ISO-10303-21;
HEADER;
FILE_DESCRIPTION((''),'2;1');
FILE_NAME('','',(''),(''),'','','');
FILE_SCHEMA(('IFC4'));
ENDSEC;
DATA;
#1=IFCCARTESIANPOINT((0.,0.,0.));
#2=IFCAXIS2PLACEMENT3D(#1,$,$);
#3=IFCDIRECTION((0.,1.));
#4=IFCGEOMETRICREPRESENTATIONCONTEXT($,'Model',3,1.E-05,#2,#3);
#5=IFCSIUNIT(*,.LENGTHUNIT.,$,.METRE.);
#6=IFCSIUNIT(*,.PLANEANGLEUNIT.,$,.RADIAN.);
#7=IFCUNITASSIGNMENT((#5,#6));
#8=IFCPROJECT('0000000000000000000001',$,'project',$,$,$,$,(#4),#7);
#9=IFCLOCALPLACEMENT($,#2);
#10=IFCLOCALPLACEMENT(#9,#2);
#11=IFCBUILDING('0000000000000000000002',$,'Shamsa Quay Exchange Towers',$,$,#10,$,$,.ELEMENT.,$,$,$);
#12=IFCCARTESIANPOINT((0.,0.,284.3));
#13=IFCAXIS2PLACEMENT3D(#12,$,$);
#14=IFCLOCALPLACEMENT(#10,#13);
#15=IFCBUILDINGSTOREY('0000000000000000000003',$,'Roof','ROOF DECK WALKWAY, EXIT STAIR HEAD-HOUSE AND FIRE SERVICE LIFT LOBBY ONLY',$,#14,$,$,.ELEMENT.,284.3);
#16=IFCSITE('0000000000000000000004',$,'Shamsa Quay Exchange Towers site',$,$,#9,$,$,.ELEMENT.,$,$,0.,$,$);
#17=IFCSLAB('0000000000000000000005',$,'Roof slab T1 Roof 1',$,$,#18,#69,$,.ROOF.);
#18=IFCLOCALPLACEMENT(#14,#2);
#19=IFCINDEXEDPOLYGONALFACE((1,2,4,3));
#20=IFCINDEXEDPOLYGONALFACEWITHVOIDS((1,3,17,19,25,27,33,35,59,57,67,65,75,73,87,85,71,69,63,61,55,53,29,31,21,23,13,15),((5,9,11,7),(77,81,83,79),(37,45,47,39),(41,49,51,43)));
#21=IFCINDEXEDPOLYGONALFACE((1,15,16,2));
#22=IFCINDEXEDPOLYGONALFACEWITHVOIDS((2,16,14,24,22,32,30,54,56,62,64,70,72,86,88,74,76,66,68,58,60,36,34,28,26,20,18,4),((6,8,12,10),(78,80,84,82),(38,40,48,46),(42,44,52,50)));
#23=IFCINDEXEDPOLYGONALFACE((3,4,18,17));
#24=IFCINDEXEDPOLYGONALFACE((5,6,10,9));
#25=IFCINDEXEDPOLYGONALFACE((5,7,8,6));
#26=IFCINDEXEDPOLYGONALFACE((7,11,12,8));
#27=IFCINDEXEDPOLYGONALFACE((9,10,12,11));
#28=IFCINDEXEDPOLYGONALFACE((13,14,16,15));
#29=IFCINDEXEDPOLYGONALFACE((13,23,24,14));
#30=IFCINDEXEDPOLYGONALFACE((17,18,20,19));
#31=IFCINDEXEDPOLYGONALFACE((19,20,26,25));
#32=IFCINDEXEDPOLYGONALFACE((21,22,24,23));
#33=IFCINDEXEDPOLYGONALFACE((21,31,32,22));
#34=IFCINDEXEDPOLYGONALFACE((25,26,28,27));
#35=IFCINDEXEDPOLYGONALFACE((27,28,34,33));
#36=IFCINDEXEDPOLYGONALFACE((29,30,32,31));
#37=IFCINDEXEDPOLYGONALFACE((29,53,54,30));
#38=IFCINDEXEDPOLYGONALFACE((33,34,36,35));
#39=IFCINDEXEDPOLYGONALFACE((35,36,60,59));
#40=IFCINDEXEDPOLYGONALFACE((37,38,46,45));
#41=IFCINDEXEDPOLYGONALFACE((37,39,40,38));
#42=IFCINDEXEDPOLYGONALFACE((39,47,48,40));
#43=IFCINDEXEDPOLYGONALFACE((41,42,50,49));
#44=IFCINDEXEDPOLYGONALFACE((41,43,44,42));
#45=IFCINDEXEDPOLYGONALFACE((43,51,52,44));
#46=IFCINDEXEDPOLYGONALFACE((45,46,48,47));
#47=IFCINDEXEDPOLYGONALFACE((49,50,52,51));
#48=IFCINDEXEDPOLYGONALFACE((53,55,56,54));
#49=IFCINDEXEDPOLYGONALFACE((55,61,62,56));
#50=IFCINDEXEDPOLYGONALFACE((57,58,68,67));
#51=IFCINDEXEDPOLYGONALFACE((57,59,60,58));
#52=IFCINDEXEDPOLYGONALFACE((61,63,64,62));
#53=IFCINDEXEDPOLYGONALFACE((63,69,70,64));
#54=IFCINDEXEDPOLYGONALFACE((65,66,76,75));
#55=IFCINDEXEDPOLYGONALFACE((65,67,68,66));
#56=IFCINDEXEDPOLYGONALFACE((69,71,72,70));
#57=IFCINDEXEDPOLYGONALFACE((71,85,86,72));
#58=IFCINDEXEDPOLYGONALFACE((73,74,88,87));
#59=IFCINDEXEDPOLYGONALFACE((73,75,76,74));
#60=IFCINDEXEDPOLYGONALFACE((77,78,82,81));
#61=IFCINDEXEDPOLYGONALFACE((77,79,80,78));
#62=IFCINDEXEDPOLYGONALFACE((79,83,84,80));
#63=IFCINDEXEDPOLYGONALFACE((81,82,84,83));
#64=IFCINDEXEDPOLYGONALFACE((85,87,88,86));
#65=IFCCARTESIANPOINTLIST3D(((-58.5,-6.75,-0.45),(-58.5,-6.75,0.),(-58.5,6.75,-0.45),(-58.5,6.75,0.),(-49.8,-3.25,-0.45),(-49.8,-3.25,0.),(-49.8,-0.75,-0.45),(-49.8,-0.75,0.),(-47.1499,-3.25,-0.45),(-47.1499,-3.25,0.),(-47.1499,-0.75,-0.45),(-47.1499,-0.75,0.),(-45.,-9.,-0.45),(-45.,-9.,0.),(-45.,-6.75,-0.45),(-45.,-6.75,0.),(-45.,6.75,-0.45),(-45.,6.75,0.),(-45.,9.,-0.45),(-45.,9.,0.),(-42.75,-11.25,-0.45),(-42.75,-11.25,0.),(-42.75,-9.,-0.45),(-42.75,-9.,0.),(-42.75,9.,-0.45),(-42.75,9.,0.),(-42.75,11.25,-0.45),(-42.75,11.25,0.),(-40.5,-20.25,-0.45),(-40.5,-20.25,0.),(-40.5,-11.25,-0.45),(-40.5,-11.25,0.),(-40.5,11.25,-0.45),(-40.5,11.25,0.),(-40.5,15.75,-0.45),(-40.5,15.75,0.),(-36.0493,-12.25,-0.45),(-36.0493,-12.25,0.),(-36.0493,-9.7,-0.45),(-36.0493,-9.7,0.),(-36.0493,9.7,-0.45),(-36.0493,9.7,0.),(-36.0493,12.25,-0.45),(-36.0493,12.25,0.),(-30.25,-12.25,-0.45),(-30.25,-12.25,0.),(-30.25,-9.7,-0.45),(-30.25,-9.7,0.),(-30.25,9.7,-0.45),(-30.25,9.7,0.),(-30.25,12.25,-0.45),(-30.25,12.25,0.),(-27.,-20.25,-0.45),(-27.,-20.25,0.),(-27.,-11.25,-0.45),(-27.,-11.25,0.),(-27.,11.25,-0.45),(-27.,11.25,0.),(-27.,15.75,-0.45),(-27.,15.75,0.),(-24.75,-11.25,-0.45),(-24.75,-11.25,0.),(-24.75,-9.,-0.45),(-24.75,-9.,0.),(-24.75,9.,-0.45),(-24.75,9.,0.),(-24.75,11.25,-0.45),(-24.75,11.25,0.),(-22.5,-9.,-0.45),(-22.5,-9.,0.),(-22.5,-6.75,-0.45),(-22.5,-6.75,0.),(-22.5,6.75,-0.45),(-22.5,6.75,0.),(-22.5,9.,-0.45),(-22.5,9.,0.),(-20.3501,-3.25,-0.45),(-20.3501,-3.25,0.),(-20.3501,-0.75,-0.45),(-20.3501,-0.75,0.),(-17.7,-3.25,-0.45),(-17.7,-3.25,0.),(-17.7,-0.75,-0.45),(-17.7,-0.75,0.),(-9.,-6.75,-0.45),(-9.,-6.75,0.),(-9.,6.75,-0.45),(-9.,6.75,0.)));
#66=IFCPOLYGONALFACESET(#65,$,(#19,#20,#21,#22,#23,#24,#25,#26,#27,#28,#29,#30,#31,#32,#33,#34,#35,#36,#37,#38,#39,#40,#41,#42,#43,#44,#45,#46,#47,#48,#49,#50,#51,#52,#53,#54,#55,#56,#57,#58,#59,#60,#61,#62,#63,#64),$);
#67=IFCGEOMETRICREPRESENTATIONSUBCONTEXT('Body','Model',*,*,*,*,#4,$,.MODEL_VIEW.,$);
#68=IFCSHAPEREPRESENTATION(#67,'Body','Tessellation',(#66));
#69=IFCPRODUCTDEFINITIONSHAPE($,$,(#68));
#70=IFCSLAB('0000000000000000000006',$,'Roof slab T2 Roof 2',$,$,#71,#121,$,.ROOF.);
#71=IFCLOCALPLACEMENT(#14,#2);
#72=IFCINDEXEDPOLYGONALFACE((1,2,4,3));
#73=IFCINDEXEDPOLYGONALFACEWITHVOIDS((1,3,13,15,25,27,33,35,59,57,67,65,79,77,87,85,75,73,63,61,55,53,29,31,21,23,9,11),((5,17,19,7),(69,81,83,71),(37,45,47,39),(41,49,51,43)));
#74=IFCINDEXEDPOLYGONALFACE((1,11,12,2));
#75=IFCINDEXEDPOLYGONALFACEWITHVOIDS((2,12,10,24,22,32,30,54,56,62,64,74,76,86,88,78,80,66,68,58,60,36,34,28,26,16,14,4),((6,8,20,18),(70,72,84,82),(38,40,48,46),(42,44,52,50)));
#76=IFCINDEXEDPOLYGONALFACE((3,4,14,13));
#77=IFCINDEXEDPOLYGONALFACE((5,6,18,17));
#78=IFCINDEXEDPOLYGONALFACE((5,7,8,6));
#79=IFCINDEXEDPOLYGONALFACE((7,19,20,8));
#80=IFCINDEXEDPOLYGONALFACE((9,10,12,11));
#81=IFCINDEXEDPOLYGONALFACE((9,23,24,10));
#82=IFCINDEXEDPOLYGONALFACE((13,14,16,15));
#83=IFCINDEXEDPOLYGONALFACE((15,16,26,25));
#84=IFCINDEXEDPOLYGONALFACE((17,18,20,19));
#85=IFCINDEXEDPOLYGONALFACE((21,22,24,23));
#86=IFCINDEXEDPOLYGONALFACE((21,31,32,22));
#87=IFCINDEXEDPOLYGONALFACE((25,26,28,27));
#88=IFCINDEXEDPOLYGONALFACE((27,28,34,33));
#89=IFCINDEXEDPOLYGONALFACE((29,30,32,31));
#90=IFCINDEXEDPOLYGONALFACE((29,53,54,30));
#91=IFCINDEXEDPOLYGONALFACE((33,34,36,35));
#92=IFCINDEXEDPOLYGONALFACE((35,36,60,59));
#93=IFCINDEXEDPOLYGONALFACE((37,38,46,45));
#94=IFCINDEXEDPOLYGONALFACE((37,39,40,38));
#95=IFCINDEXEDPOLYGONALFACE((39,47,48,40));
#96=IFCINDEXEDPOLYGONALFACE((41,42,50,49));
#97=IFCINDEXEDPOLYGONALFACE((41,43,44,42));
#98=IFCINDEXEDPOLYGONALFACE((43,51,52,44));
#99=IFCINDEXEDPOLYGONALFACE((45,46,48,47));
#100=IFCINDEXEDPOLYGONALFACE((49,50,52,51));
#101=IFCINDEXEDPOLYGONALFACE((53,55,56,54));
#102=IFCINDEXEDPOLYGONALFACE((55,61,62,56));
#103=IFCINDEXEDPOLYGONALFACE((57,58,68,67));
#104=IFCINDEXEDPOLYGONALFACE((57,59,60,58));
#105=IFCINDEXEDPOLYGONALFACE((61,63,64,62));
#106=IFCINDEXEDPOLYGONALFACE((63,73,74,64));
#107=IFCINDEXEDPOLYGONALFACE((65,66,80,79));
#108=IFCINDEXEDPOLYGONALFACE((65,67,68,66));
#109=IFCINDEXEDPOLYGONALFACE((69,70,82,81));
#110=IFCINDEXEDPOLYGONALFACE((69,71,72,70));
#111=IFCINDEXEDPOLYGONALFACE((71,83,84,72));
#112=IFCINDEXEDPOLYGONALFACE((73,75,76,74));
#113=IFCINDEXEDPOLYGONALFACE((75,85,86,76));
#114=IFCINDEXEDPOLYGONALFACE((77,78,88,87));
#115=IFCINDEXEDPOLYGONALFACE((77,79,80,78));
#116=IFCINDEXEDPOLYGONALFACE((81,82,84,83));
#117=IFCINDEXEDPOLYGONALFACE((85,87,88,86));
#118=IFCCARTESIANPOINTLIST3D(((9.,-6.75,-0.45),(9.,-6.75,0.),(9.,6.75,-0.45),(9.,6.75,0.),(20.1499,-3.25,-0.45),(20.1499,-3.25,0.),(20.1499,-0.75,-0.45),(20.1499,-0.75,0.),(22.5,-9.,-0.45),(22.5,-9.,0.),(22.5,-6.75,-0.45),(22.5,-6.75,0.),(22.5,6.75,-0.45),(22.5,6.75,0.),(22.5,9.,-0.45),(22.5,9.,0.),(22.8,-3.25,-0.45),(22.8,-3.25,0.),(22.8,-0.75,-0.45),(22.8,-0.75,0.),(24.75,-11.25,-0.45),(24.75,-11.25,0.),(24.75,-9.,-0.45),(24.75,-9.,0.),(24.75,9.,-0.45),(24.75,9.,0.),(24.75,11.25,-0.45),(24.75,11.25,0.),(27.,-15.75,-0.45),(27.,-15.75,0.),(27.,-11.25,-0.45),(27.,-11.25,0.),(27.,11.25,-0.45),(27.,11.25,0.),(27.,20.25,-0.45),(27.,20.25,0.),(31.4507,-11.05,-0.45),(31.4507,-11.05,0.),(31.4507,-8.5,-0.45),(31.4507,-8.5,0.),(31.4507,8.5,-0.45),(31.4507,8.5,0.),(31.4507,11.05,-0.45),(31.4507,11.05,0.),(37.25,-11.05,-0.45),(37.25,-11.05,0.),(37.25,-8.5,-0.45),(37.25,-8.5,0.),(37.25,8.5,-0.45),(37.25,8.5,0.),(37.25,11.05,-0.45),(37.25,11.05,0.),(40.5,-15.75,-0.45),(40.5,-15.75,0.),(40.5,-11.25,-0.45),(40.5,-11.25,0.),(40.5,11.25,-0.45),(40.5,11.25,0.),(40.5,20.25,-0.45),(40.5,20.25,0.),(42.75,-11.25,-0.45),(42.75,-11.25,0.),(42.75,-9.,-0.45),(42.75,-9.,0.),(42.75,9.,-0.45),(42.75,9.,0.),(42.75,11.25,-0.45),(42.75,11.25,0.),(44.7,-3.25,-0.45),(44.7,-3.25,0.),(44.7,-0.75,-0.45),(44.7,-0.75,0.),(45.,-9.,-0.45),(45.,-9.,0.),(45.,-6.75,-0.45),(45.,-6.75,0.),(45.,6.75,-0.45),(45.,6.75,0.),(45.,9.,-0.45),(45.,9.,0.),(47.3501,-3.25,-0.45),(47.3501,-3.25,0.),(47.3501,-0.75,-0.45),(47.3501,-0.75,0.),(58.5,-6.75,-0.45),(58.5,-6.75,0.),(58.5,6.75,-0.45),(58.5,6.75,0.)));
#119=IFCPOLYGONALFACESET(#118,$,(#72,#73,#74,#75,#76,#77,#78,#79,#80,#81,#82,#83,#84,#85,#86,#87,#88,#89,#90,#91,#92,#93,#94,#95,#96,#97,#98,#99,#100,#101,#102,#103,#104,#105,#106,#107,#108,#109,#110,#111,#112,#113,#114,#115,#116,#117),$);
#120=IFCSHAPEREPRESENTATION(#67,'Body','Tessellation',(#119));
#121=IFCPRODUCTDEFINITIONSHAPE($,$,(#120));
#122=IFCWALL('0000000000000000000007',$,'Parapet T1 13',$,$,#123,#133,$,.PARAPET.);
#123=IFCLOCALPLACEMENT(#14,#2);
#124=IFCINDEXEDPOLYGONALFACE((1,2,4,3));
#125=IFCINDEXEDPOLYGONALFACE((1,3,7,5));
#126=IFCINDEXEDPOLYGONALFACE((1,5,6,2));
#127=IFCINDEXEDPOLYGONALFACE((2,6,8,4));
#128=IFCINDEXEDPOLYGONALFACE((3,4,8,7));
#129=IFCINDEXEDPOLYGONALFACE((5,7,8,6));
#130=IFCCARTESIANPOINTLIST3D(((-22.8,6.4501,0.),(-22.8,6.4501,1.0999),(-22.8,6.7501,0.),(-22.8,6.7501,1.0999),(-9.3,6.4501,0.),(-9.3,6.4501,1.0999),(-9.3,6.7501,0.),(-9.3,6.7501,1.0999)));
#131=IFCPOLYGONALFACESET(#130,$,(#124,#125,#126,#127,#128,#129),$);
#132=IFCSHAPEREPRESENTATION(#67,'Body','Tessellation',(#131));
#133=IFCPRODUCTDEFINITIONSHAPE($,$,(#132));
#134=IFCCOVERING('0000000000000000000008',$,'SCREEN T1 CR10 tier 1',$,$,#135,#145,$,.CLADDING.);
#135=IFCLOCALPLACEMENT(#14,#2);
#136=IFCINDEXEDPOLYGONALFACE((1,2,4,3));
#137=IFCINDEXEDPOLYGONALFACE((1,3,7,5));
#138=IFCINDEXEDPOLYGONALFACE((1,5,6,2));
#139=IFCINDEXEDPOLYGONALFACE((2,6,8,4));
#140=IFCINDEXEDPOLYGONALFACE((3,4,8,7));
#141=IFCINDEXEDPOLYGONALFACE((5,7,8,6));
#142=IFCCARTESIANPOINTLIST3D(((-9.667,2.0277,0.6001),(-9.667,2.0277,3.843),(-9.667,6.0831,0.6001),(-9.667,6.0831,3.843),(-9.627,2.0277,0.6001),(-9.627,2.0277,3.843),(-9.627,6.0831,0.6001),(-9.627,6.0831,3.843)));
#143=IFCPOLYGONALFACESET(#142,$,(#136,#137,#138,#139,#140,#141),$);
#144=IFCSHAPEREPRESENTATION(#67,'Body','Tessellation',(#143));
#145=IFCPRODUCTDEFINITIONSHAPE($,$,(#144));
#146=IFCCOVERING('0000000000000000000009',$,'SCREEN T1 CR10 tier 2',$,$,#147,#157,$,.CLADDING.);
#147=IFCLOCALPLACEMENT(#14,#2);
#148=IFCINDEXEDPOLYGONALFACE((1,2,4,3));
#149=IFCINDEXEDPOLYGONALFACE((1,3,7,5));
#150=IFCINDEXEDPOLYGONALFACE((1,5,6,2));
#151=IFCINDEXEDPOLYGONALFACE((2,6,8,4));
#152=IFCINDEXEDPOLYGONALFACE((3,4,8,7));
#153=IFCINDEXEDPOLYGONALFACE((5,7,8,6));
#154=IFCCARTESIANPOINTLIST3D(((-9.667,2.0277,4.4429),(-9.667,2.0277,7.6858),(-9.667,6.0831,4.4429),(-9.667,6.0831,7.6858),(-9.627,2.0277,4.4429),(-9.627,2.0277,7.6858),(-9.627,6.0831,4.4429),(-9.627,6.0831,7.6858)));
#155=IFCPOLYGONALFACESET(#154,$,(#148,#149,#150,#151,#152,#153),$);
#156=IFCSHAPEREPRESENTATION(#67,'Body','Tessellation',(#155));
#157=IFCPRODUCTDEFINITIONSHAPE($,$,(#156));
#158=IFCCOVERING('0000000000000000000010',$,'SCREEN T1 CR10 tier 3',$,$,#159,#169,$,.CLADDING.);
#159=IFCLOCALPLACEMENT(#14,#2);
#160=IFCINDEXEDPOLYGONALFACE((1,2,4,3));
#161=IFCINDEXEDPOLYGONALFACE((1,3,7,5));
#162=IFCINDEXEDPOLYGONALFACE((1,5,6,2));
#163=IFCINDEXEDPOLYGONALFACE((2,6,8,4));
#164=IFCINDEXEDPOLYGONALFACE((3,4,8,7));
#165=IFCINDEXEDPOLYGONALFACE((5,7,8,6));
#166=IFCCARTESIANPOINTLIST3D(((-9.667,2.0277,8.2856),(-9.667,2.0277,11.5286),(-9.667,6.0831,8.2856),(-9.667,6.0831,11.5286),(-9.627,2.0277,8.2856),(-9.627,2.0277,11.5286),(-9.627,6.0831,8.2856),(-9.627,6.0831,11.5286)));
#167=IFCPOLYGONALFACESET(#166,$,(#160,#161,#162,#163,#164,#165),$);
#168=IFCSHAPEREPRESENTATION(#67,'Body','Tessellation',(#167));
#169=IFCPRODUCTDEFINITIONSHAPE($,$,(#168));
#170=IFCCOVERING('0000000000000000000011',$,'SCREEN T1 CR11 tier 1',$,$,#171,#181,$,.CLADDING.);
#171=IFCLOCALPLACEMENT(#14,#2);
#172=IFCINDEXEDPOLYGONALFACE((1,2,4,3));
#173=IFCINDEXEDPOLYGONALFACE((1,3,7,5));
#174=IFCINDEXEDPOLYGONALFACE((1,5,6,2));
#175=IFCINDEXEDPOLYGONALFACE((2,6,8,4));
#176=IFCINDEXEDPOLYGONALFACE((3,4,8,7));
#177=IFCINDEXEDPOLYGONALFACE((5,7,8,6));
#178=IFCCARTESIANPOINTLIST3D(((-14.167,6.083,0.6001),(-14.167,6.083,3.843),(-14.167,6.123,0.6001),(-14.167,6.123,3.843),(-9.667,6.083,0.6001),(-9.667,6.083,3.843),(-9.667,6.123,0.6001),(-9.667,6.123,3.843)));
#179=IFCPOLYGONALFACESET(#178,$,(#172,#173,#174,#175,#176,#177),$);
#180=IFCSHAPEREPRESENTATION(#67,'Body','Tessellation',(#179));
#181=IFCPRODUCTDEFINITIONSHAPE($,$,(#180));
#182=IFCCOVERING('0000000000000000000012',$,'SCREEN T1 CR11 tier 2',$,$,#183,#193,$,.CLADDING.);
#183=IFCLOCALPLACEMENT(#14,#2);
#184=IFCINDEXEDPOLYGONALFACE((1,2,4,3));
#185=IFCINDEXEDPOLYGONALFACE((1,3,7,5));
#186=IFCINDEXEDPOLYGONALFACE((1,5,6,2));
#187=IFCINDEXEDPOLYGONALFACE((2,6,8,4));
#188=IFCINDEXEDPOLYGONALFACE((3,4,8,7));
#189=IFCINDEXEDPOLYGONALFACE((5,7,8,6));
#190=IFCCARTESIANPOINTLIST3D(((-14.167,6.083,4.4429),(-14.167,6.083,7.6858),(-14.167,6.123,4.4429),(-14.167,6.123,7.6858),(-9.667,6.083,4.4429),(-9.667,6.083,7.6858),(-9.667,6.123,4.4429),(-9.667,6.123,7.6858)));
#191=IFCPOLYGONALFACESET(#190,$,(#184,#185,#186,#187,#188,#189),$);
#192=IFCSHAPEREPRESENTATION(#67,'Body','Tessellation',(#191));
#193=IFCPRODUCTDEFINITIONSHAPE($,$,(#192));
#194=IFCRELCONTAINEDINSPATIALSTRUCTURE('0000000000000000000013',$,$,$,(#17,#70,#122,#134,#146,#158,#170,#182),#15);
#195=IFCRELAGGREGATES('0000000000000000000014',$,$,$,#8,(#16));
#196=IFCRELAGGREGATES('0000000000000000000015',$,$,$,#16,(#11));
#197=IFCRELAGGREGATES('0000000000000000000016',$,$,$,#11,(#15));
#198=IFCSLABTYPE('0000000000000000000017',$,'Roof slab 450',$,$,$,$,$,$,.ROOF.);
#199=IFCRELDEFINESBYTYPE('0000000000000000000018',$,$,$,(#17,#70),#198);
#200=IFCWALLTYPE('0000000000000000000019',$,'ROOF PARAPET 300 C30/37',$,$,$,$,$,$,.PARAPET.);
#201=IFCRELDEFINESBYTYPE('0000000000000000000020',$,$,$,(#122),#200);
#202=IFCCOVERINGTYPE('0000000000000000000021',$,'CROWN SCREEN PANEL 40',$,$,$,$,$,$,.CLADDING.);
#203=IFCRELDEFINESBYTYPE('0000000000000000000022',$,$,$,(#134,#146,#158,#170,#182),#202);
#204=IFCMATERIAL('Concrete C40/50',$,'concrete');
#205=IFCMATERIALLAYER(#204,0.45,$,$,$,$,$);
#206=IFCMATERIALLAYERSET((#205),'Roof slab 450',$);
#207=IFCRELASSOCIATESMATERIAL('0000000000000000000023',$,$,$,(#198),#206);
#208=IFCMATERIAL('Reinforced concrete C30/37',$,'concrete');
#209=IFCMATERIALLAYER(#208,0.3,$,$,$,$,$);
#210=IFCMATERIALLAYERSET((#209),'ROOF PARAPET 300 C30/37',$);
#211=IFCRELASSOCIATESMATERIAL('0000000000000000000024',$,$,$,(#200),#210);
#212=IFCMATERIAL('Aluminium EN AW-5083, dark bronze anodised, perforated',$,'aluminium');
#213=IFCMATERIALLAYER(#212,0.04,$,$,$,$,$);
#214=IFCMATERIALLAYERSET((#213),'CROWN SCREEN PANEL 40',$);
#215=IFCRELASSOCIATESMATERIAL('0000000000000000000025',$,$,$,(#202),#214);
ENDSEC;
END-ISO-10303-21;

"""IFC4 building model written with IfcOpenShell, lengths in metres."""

from ifc_helpers import new_model, si_unit, direction, frame, frame_2d, origin, origin_2d, place, context, subcontext, project, spatial, polyline, rectangle, outline, extrude, material, layer, layer_set, type_object, element, save


model = new_model("IFC4")

# Units and contexts
model_context = context("Model", 3, precision=1e-05, world=origin(), true_north=direction((0.0, 1.0)))
body_context = subcontext(model_context, "Body", "Model", "MODEL_VIEW")
ifc_project = project(units=[si_unit("LENGTHUNIT", "METRE"), si_unit("PLANEANGLEUNIT", "RADIAN")], contexts=[model_context])

# Site, building, storey
site_placement = place(None, origin())
site = spatial("IfcSite", under=ifc_project, at=site_placement, Name="Shamsa Quay Exchange Towers site", CompositionType="ELEMENT", RefElevation=0.0)
building_placement = place(site_placement, origin())
building = spatial("IfcBuilding", under=site, at=building_placement, Name="Shamsa Quay Exchange Towers", CompositionType="ELEMENT")
storey_placement = place(building_placement, frame((0.0, 0.0, 284.3)))
storey = spatial("IfcBuildingStorey", under=building, at=storey_placement, Name="Roof", Description="ROOF DECK WALKWAY, EXIT STAIR HEAD-HOUSE AND FIRE SERVICE LIFT LOBBY ONLY", CompositionType="ELEMENT", Elevation=284.3)

# Slabs
ifc_material_1 = material(Name="Concrete C40/50", Category="concrete")
ifc_layer_1 = layer(ifc_material_1, 0.45)
ifc_layer_set_1 = layer_set([ifc_layer_1], Name="Roof slab 450")
slab_type_1 = type_object("IfcSlabType", Name="Roof slab 450", PredefinedType="ROOF", material=ifc_layer_set_1)
slab_1_placement = place(storey_placement, frame((0.0, 0.0, -0.45)))
element("IfcSlab", 1, at=slab_1_placement, inside=storey, type_object=slab_type_1, Name="Roof slab T1 Roof 1", PredefinedType="ROOF", context=body_context, shape_type="SweptSolid", body=[
    extrude(outline(polyline([(-45.0, -9.0), (-42.75, -9.0), (-42.75, -11.25), (-40.5, -11.25), (-40.5, -20.25), (-27.0, -20.25), (-27.0, -11.25), (-24.75, -11.25), (-24.75, -9.0), (-22.5, -9.0), (-22.5, -6.75), (-9.0, -6.75), (-9.0, 6.75), (-22.5, 6.75), (-22.5, 9.0), (-24.75, 9.0), (-24.75, 11.25), (-27.0, 11.25), (-27.0, 15.75), (-40.5, 15.75), (-40.5, 11.25), (-42.75, 11.25), (-42.75, 9.0), (-45.0, 9.0), (-45.0, 6.75), (-58.5, 6.75), (-58.5, -6.75), (-45.0, -6.75), (-45.0, -9.0)]), holes=[polyline([(-36.0493, -9.7), (-36.0493, -12.25), (-30.25, -12.25), (-30.25, -9.7), (-36.0493, -9.7)]), polyline([(-49.8, -0.75), (-49.8, -3.25), (-47.1499, -3.25), (-47.1499, -0.75), (-49.8, -0.75)]), polyline([(-20.3501, -0.75), (-20.3501, -3.25), (-17.7, -3.25), (-17.7, -0.75), (-20.3501, -0.75)]), polyline([(-36.0493, 12.25), (-36.0493, 9.7), (-30.25, 9.7), (-30.25, 12.25), (-36.0493, 12.25)])]), origin(), (0.0, 0.0, 1.0), 0.45),
])
slab_2_placement = place(storey_placement, frame((0.0, 0.0, -0.45)))
element("IfcSlab", 2, at=slab_2_placement, inside=storey, type_object=slab_type_1, Name="Roof slab T2 Roof 2", PredefinedType="ROOF", context=body_context, shape_type="SweptSolid", body=[
    extrude(outline(polyline([(42.75, -11.25), (42.75, -9.0), (45.0, -9.0), (45.0, -6.75), (58.5, -6.75), (58.5, 6.75), (45.0, 6.75), (45.0, 9.0), (42.75, 9.0), (42.75, 11.25), (40.5, 11.25), (40.5, 20.25), (27.0, 20.25), (27.0, 11.25), (24.75, 11.25), (24.75, 9.0), (22.5, 9.0), (22.5, 6.75), (9.0, 6.75), (9.0, -6.75), (22.5, -6.75), (22.5, -9.0), (24.75, -9.0), (24.75, -11.25), (27.0, -11.25), (27.0, -15.75), (40.5, -15.75), (40.5, -11.25), (42.75, -11.25)]), holes=[polyline([(31.4507, -8.5), (31.4507, -11.05), (37.25, -11.05), (37.25, -8.5), (31.4507, -8.5)]), polyline([(20.1499, -0.75), (20.1499, -3.25), (22.8, -3.25), (22.8, -0.75), (20.1499, -0.75)]), polyline([(44.7, -0.75), (44.7, -3.25), (47.3501, -3.25), (47.3501, -0.75), (44.7, -0.75)]), polyline([(31.4507, 11.05), (31.4507, 8.5), (37.25, 8.5), (37.25, 11.05), (31.4507, 11.05)])]), origin(), (0.0, 0.0, 1.0), 0.45),
])

# Wall
ifc_material_2 = material(Name="Reinforced concrete C30/37", Category="concrete")
ifc_layer_2 = layer(ifc_material_2, 0.3)
ifc_layer_set_2 = layer_set([ifc_layer_2], Name="ROOF PARAPET 300 C30/37")
wall_type = type_object("IfcWallType", Name="ROOF PARAPET 300 C30/37", PredefinedType="PARAPET", material=ifc_layer_set_2)
wall_placement = place(storey_placement, frame((-9.3, 6.6001, 0.0), z_axis=(0.0, 0.0, 1.0), x_axis=(-1.0, 0.0, 0.0)))
element("IfcWall", 3, at=wall_placement, inside=storey, type_object=wall_type, Name="Parapet T1 13", PredefinedType="PARAPET", context=body_context, shape_type="SweptSolid", body=[
    extrude(rectangle(XDim=13.5, YDim=0.3, at=frame_2d((6.75, 0.0))), origin(), (0.0, 0.0, 1.0), 1.0999),
])

# Coverings
ifc_material_3 = material(Name="Aluminium EN AW-5083, dark bronze anodised, perforated", Category="aluminium")
ifc_layer_3 = layer(ifc_material_3, 0.04)
ifc_layer_set_3 = layer_set([ifc_layer_3], Name="CROWN SCREEN PANEL 40")
covering_type_1 = type_object("IfcCoveringType", Name="CROWN SCREEN PANEL 40", PredefinedType="CLADDING", material=ifc_layer_set_3)
for number, where, z_axis, x_axis, name in (
    (4, (-9.647, 4.0554, 0.6001), (0.0, 0.0, 1.0), (0.0, 1.0, 0.0), "SCREEN T1 CR10 tier 1"),
    (5, (-9.647, 4.0554, 4.4429), (0.0, 0.0, 1.0), (0.0, 1.0, 0.0), "SCREEN T1 CR10 tier 2"),
    (6, (-9.647, 4.0554, 8.2856), (0.0, 0.0, 1.0), (0.0, 1.0, 0.0), "SCREEN T1 CR10 tier 3"),
):
    element("IfcCovering", number, at=place(storey_placement, frame(where, z_axis=z_axis, x_axis=x_axis)), inside=storey, type_object=covering_type_1, Name=name, PredefinedType="CLADDING", context=body_context, shape_type="SweptSolid", body=[
        extrude(rectangle(XDim=4.0554, YDim=0.04, at=origin_2d()), origin(), (0.0, 0.0, 1.0), 3.2429),
    ])
for number, where, z_axis, x_axis, name in (
    (7, (-11.917, 6.103, 0.6001), (0.0, 0.0, 1.0), (-1.0, 0.0, 0.0), "SCREEN T1 CR11 tier 1"),
    (8, (-11.917, 6.103, 4.4429), (0.0, 0.0, 1.0), (-1.0, 0.0, 0.0), "SCREEN T1 CR11 tier 2"),
):
    element("IfcCovering", number, at=place(storey_placement, frame(where, z_axis=z_axis, x_axis=x_axis)), inside=storey, type_object=covering_type_1, Name=name, PredefinedType="CLADDING", context=body_context, shape_type="SweptSolid", body=[
        extrude(rectangle(XDim=4.5, YDim=0.04, at=origin_2d()), origin(), (0.0, 0.0, 1.0), 3.2429),
    ])

save(model, "model.ifc")
